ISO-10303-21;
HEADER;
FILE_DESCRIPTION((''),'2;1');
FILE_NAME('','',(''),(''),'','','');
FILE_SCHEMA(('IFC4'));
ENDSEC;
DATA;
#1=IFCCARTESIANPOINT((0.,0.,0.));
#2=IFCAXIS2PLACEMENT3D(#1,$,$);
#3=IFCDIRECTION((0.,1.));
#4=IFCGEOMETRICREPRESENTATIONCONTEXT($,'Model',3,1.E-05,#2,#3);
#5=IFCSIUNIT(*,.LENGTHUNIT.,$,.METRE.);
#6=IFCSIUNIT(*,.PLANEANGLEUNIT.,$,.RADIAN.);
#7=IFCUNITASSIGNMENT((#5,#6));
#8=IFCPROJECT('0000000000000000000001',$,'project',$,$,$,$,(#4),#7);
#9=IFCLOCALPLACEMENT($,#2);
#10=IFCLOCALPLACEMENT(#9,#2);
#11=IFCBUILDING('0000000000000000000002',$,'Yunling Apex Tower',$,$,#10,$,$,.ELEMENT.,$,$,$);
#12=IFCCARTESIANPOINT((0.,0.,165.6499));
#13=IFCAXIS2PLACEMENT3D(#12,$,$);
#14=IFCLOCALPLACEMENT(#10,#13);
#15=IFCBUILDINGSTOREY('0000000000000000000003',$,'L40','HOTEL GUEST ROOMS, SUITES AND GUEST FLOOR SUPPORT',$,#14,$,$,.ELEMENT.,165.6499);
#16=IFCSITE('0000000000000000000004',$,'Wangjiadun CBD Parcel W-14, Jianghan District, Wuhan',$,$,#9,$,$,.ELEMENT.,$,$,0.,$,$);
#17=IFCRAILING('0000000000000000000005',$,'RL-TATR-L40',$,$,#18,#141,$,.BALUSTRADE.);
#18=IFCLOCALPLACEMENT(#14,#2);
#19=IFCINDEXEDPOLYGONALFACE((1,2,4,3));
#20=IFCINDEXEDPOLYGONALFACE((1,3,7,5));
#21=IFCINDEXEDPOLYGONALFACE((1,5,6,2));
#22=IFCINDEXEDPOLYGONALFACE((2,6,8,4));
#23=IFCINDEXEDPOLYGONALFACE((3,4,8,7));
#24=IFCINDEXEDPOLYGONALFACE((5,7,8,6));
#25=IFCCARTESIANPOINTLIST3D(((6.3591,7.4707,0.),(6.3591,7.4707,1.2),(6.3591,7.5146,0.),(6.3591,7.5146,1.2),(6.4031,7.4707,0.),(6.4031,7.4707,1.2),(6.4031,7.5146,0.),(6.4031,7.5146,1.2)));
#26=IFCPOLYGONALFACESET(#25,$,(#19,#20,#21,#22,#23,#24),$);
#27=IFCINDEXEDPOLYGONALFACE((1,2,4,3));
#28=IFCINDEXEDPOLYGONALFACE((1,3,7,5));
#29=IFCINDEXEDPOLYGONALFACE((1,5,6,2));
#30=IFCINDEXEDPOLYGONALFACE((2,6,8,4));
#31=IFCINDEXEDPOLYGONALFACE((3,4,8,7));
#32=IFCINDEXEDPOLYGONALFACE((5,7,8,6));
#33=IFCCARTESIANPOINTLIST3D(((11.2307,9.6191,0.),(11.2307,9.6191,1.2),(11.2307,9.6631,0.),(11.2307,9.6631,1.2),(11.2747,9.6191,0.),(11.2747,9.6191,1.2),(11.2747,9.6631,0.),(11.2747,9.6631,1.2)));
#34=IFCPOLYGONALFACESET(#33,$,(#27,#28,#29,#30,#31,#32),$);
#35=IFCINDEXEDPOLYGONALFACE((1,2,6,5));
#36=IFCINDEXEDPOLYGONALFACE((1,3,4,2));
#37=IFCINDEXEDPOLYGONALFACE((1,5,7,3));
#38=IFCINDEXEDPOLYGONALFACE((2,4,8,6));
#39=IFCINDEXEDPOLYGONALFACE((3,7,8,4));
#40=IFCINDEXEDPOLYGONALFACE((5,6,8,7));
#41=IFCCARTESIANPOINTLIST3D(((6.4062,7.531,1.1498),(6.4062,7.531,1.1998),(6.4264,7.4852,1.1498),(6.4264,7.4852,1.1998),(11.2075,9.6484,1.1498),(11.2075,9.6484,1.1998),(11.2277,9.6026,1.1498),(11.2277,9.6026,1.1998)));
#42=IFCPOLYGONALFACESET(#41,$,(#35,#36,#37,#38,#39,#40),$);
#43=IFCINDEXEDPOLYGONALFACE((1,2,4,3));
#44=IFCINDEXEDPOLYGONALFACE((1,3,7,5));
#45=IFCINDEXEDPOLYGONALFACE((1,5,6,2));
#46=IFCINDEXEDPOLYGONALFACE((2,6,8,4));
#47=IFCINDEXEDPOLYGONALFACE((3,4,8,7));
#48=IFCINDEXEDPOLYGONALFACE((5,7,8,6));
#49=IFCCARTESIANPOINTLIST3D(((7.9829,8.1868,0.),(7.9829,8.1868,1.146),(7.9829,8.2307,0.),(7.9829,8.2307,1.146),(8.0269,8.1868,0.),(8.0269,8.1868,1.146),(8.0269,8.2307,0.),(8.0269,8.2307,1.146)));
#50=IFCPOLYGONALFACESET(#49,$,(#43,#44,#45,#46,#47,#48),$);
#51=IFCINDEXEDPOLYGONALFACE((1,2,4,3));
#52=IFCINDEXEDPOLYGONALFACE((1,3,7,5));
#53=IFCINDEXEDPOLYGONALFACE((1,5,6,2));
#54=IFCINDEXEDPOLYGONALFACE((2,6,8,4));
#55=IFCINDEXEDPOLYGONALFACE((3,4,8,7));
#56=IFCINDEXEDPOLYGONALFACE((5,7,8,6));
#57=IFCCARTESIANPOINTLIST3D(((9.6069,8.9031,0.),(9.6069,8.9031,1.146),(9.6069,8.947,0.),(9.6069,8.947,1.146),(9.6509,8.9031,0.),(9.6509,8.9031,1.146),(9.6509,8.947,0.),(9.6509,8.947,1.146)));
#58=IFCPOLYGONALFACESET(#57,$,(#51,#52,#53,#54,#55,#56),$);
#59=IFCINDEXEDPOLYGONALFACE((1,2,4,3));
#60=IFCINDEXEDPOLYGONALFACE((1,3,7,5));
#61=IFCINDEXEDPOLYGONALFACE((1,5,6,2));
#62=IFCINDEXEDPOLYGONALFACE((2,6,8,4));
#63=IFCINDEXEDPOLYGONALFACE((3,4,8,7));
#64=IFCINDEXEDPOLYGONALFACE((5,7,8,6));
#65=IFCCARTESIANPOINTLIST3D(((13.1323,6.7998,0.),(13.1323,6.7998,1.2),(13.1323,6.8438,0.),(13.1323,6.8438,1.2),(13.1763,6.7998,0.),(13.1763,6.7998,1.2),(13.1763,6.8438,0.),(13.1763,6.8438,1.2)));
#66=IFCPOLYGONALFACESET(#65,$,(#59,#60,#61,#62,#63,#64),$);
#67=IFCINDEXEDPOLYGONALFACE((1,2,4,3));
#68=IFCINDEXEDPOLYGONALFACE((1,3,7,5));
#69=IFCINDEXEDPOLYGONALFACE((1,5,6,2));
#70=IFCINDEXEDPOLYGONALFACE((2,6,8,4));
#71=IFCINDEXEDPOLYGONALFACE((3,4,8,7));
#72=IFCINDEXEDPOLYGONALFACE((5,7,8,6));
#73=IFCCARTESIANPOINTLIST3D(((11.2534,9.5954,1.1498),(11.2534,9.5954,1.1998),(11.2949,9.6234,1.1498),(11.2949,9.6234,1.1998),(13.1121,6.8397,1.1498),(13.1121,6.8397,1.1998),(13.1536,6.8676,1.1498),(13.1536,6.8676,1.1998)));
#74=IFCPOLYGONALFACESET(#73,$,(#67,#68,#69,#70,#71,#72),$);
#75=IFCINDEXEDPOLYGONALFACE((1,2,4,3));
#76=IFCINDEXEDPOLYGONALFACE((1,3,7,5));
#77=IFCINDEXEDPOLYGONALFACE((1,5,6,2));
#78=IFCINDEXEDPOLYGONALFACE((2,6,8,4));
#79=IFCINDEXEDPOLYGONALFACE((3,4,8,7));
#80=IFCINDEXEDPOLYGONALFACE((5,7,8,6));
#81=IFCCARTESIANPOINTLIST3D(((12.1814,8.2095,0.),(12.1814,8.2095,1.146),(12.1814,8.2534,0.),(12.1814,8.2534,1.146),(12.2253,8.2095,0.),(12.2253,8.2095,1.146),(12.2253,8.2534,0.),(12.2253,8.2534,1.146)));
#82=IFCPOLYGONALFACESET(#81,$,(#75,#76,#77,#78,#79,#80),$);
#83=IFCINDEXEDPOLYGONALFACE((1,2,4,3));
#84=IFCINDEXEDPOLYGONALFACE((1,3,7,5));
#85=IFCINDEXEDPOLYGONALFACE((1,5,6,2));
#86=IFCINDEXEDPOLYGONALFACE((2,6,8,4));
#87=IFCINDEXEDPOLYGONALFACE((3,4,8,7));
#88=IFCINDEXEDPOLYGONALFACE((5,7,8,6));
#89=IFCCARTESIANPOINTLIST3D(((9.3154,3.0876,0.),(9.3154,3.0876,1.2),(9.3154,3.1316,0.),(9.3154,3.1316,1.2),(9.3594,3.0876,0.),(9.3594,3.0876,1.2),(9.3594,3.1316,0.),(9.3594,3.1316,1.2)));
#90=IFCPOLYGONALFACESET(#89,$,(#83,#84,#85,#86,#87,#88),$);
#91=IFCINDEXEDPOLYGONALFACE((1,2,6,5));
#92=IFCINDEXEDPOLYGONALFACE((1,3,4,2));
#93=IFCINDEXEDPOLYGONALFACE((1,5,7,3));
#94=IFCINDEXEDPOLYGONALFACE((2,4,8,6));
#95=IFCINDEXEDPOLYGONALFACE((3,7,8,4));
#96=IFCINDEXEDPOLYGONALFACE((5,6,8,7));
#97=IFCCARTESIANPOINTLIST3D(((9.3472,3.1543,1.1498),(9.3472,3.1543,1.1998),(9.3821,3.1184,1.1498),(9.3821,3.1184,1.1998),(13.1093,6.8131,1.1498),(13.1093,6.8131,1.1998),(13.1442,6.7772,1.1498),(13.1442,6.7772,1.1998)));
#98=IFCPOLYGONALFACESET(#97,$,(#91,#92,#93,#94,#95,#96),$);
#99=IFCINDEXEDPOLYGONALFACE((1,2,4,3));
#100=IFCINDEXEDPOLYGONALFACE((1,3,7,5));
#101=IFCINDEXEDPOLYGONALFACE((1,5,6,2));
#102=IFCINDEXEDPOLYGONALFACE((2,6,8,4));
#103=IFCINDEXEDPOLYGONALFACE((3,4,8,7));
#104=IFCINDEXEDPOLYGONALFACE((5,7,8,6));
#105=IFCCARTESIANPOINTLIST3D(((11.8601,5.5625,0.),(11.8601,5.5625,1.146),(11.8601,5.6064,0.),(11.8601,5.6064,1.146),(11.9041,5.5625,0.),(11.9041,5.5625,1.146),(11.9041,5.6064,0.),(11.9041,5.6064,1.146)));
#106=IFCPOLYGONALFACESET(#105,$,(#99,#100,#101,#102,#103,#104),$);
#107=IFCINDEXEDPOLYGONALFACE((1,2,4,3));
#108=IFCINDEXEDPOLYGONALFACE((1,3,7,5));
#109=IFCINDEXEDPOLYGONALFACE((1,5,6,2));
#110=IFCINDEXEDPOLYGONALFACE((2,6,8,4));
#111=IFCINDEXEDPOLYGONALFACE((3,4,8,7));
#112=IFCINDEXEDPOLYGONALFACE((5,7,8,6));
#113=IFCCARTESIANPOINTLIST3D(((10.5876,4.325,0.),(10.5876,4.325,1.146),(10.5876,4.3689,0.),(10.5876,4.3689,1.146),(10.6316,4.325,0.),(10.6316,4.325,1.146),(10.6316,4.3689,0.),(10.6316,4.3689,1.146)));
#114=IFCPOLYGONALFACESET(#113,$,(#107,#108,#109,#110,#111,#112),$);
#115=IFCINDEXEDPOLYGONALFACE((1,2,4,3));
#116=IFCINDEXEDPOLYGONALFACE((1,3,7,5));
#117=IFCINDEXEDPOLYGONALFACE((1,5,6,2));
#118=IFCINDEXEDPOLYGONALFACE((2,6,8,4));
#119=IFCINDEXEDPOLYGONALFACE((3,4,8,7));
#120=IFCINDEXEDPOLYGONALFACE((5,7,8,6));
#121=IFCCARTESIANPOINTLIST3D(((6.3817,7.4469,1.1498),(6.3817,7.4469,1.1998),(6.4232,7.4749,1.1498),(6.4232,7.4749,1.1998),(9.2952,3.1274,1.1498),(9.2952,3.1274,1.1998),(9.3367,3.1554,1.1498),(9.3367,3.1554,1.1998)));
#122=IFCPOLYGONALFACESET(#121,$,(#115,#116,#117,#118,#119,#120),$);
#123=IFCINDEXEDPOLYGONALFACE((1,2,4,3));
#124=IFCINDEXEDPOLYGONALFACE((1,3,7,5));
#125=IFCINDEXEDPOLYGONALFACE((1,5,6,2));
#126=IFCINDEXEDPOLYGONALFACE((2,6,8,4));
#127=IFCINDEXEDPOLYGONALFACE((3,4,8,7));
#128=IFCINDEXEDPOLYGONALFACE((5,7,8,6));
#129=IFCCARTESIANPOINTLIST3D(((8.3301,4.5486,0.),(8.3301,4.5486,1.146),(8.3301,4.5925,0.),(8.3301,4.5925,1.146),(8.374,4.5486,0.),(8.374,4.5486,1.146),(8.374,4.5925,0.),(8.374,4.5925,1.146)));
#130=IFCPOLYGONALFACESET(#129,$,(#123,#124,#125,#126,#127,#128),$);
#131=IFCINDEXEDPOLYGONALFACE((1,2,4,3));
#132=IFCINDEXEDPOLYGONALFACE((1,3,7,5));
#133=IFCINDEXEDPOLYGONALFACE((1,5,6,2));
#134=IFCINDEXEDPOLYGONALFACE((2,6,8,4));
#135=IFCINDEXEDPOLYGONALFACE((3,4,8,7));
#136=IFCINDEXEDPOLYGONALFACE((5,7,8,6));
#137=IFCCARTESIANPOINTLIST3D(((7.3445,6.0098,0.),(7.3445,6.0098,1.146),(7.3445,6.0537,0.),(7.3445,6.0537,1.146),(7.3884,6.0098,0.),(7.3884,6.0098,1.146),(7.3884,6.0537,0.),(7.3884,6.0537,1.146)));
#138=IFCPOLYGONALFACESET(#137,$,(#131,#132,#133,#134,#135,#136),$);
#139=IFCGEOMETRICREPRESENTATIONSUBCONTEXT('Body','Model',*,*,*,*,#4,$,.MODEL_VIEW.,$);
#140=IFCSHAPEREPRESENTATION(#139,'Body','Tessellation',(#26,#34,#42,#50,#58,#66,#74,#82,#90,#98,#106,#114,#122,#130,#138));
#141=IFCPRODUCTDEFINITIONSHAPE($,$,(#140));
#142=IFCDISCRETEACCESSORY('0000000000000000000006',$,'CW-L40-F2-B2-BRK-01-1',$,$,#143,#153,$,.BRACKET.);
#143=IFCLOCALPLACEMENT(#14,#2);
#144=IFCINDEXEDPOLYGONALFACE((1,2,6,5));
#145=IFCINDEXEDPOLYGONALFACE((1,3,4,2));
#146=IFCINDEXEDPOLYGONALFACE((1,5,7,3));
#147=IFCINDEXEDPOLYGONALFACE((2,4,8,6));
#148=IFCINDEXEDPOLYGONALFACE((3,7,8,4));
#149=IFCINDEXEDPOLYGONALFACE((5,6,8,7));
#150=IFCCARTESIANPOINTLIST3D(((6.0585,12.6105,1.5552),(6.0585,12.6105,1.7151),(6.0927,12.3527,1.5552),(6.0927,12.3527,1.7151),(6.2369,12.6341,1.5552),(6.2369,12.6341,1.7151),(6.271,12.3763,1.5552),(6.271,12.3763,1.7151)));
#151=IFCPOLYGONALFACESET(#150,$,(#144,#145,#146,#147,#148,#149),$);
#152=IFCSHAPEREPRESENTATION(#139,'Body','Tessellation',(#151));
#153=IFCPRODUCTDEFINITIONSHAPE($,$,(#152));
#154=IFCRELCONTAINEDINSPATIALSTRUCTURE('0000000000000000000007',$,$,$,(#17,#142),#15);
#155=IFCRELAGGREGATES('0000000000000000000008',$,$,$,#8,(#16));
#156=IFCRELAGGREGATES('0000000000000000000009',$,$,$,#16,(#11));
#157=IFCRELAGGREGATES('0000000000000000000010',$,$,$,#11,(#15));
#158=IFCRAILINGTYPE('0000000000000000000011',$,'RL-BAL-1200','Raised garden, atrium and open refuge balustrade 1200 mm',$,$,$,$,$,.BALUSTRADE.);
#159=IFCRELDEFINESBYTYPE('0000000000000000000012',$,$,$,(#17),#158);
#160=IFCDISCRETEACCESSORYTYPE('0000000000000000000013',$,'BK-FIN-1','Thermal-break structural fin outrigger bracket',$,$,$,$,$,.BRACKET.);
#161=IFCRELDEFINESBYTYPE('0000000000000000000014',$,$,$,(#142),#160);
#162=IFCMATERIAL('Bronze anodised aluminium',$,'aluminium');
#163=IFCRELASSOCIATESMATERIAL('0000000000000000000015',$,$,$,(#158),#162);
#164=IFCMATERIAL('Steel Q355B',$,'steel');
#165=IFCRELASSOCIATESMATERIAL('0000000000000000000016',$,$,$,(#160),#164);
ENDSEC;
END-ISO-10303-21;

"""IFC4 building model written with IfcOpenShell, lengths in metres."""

from ifc_helpers import new_model, si_unit, direction, frame, origin, origin_2d, place, context, subcontext, project, spatial, rectangle, extrude, source, transform, mapped, material, type_object, element, save


model = new_model("IFC4")

# Units and contexts
model_context = context("Model", 3, precision=1e-05, world=origin(), true_north=direction((0.0, 1.0)))
body_context = subcontext(model_context, "Body", "Model", "MODEL_VIEW")
ifc_project = project(units=[si_unit("LENGTHUNIT", "METRE"), si_unit("PLANEANGLEUNIT", "RADIAN")], contexts=[model_context])

# Site, building, storey
site_placement = place(None, origin())
site = spatial("IfcSite", under=ifc_project, at=site_placement, Name="Wangjiadun CBD Parcel W-14, Jianghan District, Wuhan", CompositionType="ELEMENT", RefElevation=0.0)
building_placement = place(site_placement, origin())
building = spatial("IfcBuilding", under=site, at=building_placement, Name="Yunling Apex Tower", CompositionType="ELEMENT")
storey_placement = place(building_placement, frame((0.0, 0.0, 165.6499)))
storey = spatial("IfcBuildingStorey", under=building, at=storey_placement, Name="L40", Description="HOTEL GUEST ROOMS, SUITES AND GUEST FLOOR SUPPORT", CompositionType="ELEMENT", Elevation=165.6499)

# Shared definitions
ifc_material_1 = material(Name="Steel Q355B", Category="steel")

# Shared definitions
ifc_material_2 = material(Name="Bronze anodised aluminium", Category="aluminium")

# Railing
railing_type = type_object("IfcRailingType", Name="RL-BAL-1200", Description="Raised garden, atrium and open refuge balustrade 1200 mm", PredefinedType="BALUSTRADE", material=ifc_material_2)
railing_1_placement = place(storey_placement, frame((6.3811, 7.4927, 0.0)))
element("IfcRailing", 1, at=railing_1_placement, inside=storey, type_object=railing_type, Name="RL-TATR-L40", PredefinedType="BALUSTRADE", context=body_context, shape_type="SweptSolid", body=[
    extrude(rectangle(XDim=0.0439, YDim=0.0439, at=origin_2d()), origin(), (0.0, 0.0, 1.0), 1.2),
    extrude(rectangle(XDim=0.0439, YDim=0.0439, at=origin_2d()), frame((4.8716, 2.1484, 0.0)), (0.0, 0.0, 1.0), 1.2),
    extrude(rectangle(XDim=0.05, YDim=0.05, at=origin_2d()), frame((0.0352, 0.0154, 1.1748), z_axis=(0.914973, 0.403516, 0.0), x_axis=(-0.403516, 0.914973, 0.0)), (0.0, 0.0, 1.0), 5.2476),
    extrude(rectangle(XDim=0.0439, YDim=0.0439, at=origin_2d()), frame((1.6238, 0.7161, 0.0)), (0.0, 0.0, 1.0), 1.146),
    extrude(rectangle(XDim=0.0439, YDim=0.0439, at=origin_2d()), frame((3.2478, 1.4324, 0.0)), (0.0, 0.0, 1.0), 1.146),
    extrude(rectangle(XDim=0.0439, YDim=0.0439, at=origin_2d()), frame((6.7732, -0.6709, 0.0)), (0.0, 0.0, 1.0), 1.2),
    extrude(rectangle(XDim=0.05, YDim=0.05, at=origin_2d()), frame((4.8931, 2.1167, 1.1748), z_axis=(0.559182, -0.829045, 0.0), x_axis=(0.829045, 0.559182, 0.0)), (0.0, 0.0, 1.0), 3.324),
    extrude(rectangle(XDim=0.0439, YDim=0.0439, at=origin_2d()), frame((5.8223, 0.7388, 0.0)), (0.0, 0.0, 1.0), 1.146),
    extrude(rectangle(XDim=0.0439, YDim=0.0439, at=origin_2d()), frame((2.9563, -4.3831, 0.0)), (0.0, 0.0, 1.0), 1.2),
    extrude(rectangle(XDim=0.05, YDim=0.05, at=origin_2d()), frame((6.7456, -0.6975, 1.1748), z_axis=(-0.716874, -0.697203, 0.0), x_axis=(0.697203, -0.716874, 0.0)), (0.0, 0.0, 1.0), 5.2478),
    extrude(rectangle(XDim=0.0439, YDim=0.0439, at=origin_2d()), frame((5.501, -1.9082, 0.0)), (0.0, 0.0, 1.0), 1.146),
    extrude(rectangle(XDim=0.0439, YDim=0.0439, at=origin_2d()), frame((4.2285, -3.1458, 0.0)), (0.0, 0.0, 1.0), 1.146),
    extrude(rectangle(XDim=0.05, YDim=0.05, at=origin_2d()), frame((2.9348, -4.3513, 1.1748), z_axis=(-0.559179, 0.829047, 0.0), x_axis=(-0.829047, -0.559179, 0.0)), (0.0, 0.0, 1.0), 5.2102),
    extrude(rectangle(XDim=0.0439, YDim=0.0439, at=origin_2d()), frame((1.9709, -2.9221, 0.0)), (0.0, 0.0, 1.0), 1.146),
    extrude(rectangle(XDim=0.0439, YDim=0.0439, at=origin_2d()), frame((0.9854, -1.4609, 0.0)), (0.0, 0.0, 1.0), 1.146),
])

# Discrete accessory
discrete_accessory_type = type_object("IfcDiscreteAccessoryType", Name="BK-FIN-1", Description="Thermal-break structural fin outrigger bracket", PredefinedType="BRACKET", material=ifc_material_1)
shared_shape_1 = source(origin(), body_context, "Body", "SweptSolid", [
    extrude(rectangle(XDim=0.1799, YDim=0.26, at=origin_2d()), origin(), (0.0, 0.0, 1.0), 0.1599),
])
discrete_accessory_placement = place(storey_placement, frame((6.1648, 12.4934, 1.5552), z_axis=(0.0, 0.0, 1.0), x_axis=(-0.991353, -0.131218, 0.0)))
element("IfcDiscreteAccessory", 2, at=discrete_accessory_placement, inside=storey, type_object=discrete_accessory_type, Name="CW-L40-F2-B2-BRK-01-1", PredefinedType="BRACKET", context=body_context, shape_type="MappedRepresentation", body=[
    mapped(shared_shape_1, transform((0.0, 0.0, 0.0), scale=1.0)),
])

save(model, "model.ifc")
